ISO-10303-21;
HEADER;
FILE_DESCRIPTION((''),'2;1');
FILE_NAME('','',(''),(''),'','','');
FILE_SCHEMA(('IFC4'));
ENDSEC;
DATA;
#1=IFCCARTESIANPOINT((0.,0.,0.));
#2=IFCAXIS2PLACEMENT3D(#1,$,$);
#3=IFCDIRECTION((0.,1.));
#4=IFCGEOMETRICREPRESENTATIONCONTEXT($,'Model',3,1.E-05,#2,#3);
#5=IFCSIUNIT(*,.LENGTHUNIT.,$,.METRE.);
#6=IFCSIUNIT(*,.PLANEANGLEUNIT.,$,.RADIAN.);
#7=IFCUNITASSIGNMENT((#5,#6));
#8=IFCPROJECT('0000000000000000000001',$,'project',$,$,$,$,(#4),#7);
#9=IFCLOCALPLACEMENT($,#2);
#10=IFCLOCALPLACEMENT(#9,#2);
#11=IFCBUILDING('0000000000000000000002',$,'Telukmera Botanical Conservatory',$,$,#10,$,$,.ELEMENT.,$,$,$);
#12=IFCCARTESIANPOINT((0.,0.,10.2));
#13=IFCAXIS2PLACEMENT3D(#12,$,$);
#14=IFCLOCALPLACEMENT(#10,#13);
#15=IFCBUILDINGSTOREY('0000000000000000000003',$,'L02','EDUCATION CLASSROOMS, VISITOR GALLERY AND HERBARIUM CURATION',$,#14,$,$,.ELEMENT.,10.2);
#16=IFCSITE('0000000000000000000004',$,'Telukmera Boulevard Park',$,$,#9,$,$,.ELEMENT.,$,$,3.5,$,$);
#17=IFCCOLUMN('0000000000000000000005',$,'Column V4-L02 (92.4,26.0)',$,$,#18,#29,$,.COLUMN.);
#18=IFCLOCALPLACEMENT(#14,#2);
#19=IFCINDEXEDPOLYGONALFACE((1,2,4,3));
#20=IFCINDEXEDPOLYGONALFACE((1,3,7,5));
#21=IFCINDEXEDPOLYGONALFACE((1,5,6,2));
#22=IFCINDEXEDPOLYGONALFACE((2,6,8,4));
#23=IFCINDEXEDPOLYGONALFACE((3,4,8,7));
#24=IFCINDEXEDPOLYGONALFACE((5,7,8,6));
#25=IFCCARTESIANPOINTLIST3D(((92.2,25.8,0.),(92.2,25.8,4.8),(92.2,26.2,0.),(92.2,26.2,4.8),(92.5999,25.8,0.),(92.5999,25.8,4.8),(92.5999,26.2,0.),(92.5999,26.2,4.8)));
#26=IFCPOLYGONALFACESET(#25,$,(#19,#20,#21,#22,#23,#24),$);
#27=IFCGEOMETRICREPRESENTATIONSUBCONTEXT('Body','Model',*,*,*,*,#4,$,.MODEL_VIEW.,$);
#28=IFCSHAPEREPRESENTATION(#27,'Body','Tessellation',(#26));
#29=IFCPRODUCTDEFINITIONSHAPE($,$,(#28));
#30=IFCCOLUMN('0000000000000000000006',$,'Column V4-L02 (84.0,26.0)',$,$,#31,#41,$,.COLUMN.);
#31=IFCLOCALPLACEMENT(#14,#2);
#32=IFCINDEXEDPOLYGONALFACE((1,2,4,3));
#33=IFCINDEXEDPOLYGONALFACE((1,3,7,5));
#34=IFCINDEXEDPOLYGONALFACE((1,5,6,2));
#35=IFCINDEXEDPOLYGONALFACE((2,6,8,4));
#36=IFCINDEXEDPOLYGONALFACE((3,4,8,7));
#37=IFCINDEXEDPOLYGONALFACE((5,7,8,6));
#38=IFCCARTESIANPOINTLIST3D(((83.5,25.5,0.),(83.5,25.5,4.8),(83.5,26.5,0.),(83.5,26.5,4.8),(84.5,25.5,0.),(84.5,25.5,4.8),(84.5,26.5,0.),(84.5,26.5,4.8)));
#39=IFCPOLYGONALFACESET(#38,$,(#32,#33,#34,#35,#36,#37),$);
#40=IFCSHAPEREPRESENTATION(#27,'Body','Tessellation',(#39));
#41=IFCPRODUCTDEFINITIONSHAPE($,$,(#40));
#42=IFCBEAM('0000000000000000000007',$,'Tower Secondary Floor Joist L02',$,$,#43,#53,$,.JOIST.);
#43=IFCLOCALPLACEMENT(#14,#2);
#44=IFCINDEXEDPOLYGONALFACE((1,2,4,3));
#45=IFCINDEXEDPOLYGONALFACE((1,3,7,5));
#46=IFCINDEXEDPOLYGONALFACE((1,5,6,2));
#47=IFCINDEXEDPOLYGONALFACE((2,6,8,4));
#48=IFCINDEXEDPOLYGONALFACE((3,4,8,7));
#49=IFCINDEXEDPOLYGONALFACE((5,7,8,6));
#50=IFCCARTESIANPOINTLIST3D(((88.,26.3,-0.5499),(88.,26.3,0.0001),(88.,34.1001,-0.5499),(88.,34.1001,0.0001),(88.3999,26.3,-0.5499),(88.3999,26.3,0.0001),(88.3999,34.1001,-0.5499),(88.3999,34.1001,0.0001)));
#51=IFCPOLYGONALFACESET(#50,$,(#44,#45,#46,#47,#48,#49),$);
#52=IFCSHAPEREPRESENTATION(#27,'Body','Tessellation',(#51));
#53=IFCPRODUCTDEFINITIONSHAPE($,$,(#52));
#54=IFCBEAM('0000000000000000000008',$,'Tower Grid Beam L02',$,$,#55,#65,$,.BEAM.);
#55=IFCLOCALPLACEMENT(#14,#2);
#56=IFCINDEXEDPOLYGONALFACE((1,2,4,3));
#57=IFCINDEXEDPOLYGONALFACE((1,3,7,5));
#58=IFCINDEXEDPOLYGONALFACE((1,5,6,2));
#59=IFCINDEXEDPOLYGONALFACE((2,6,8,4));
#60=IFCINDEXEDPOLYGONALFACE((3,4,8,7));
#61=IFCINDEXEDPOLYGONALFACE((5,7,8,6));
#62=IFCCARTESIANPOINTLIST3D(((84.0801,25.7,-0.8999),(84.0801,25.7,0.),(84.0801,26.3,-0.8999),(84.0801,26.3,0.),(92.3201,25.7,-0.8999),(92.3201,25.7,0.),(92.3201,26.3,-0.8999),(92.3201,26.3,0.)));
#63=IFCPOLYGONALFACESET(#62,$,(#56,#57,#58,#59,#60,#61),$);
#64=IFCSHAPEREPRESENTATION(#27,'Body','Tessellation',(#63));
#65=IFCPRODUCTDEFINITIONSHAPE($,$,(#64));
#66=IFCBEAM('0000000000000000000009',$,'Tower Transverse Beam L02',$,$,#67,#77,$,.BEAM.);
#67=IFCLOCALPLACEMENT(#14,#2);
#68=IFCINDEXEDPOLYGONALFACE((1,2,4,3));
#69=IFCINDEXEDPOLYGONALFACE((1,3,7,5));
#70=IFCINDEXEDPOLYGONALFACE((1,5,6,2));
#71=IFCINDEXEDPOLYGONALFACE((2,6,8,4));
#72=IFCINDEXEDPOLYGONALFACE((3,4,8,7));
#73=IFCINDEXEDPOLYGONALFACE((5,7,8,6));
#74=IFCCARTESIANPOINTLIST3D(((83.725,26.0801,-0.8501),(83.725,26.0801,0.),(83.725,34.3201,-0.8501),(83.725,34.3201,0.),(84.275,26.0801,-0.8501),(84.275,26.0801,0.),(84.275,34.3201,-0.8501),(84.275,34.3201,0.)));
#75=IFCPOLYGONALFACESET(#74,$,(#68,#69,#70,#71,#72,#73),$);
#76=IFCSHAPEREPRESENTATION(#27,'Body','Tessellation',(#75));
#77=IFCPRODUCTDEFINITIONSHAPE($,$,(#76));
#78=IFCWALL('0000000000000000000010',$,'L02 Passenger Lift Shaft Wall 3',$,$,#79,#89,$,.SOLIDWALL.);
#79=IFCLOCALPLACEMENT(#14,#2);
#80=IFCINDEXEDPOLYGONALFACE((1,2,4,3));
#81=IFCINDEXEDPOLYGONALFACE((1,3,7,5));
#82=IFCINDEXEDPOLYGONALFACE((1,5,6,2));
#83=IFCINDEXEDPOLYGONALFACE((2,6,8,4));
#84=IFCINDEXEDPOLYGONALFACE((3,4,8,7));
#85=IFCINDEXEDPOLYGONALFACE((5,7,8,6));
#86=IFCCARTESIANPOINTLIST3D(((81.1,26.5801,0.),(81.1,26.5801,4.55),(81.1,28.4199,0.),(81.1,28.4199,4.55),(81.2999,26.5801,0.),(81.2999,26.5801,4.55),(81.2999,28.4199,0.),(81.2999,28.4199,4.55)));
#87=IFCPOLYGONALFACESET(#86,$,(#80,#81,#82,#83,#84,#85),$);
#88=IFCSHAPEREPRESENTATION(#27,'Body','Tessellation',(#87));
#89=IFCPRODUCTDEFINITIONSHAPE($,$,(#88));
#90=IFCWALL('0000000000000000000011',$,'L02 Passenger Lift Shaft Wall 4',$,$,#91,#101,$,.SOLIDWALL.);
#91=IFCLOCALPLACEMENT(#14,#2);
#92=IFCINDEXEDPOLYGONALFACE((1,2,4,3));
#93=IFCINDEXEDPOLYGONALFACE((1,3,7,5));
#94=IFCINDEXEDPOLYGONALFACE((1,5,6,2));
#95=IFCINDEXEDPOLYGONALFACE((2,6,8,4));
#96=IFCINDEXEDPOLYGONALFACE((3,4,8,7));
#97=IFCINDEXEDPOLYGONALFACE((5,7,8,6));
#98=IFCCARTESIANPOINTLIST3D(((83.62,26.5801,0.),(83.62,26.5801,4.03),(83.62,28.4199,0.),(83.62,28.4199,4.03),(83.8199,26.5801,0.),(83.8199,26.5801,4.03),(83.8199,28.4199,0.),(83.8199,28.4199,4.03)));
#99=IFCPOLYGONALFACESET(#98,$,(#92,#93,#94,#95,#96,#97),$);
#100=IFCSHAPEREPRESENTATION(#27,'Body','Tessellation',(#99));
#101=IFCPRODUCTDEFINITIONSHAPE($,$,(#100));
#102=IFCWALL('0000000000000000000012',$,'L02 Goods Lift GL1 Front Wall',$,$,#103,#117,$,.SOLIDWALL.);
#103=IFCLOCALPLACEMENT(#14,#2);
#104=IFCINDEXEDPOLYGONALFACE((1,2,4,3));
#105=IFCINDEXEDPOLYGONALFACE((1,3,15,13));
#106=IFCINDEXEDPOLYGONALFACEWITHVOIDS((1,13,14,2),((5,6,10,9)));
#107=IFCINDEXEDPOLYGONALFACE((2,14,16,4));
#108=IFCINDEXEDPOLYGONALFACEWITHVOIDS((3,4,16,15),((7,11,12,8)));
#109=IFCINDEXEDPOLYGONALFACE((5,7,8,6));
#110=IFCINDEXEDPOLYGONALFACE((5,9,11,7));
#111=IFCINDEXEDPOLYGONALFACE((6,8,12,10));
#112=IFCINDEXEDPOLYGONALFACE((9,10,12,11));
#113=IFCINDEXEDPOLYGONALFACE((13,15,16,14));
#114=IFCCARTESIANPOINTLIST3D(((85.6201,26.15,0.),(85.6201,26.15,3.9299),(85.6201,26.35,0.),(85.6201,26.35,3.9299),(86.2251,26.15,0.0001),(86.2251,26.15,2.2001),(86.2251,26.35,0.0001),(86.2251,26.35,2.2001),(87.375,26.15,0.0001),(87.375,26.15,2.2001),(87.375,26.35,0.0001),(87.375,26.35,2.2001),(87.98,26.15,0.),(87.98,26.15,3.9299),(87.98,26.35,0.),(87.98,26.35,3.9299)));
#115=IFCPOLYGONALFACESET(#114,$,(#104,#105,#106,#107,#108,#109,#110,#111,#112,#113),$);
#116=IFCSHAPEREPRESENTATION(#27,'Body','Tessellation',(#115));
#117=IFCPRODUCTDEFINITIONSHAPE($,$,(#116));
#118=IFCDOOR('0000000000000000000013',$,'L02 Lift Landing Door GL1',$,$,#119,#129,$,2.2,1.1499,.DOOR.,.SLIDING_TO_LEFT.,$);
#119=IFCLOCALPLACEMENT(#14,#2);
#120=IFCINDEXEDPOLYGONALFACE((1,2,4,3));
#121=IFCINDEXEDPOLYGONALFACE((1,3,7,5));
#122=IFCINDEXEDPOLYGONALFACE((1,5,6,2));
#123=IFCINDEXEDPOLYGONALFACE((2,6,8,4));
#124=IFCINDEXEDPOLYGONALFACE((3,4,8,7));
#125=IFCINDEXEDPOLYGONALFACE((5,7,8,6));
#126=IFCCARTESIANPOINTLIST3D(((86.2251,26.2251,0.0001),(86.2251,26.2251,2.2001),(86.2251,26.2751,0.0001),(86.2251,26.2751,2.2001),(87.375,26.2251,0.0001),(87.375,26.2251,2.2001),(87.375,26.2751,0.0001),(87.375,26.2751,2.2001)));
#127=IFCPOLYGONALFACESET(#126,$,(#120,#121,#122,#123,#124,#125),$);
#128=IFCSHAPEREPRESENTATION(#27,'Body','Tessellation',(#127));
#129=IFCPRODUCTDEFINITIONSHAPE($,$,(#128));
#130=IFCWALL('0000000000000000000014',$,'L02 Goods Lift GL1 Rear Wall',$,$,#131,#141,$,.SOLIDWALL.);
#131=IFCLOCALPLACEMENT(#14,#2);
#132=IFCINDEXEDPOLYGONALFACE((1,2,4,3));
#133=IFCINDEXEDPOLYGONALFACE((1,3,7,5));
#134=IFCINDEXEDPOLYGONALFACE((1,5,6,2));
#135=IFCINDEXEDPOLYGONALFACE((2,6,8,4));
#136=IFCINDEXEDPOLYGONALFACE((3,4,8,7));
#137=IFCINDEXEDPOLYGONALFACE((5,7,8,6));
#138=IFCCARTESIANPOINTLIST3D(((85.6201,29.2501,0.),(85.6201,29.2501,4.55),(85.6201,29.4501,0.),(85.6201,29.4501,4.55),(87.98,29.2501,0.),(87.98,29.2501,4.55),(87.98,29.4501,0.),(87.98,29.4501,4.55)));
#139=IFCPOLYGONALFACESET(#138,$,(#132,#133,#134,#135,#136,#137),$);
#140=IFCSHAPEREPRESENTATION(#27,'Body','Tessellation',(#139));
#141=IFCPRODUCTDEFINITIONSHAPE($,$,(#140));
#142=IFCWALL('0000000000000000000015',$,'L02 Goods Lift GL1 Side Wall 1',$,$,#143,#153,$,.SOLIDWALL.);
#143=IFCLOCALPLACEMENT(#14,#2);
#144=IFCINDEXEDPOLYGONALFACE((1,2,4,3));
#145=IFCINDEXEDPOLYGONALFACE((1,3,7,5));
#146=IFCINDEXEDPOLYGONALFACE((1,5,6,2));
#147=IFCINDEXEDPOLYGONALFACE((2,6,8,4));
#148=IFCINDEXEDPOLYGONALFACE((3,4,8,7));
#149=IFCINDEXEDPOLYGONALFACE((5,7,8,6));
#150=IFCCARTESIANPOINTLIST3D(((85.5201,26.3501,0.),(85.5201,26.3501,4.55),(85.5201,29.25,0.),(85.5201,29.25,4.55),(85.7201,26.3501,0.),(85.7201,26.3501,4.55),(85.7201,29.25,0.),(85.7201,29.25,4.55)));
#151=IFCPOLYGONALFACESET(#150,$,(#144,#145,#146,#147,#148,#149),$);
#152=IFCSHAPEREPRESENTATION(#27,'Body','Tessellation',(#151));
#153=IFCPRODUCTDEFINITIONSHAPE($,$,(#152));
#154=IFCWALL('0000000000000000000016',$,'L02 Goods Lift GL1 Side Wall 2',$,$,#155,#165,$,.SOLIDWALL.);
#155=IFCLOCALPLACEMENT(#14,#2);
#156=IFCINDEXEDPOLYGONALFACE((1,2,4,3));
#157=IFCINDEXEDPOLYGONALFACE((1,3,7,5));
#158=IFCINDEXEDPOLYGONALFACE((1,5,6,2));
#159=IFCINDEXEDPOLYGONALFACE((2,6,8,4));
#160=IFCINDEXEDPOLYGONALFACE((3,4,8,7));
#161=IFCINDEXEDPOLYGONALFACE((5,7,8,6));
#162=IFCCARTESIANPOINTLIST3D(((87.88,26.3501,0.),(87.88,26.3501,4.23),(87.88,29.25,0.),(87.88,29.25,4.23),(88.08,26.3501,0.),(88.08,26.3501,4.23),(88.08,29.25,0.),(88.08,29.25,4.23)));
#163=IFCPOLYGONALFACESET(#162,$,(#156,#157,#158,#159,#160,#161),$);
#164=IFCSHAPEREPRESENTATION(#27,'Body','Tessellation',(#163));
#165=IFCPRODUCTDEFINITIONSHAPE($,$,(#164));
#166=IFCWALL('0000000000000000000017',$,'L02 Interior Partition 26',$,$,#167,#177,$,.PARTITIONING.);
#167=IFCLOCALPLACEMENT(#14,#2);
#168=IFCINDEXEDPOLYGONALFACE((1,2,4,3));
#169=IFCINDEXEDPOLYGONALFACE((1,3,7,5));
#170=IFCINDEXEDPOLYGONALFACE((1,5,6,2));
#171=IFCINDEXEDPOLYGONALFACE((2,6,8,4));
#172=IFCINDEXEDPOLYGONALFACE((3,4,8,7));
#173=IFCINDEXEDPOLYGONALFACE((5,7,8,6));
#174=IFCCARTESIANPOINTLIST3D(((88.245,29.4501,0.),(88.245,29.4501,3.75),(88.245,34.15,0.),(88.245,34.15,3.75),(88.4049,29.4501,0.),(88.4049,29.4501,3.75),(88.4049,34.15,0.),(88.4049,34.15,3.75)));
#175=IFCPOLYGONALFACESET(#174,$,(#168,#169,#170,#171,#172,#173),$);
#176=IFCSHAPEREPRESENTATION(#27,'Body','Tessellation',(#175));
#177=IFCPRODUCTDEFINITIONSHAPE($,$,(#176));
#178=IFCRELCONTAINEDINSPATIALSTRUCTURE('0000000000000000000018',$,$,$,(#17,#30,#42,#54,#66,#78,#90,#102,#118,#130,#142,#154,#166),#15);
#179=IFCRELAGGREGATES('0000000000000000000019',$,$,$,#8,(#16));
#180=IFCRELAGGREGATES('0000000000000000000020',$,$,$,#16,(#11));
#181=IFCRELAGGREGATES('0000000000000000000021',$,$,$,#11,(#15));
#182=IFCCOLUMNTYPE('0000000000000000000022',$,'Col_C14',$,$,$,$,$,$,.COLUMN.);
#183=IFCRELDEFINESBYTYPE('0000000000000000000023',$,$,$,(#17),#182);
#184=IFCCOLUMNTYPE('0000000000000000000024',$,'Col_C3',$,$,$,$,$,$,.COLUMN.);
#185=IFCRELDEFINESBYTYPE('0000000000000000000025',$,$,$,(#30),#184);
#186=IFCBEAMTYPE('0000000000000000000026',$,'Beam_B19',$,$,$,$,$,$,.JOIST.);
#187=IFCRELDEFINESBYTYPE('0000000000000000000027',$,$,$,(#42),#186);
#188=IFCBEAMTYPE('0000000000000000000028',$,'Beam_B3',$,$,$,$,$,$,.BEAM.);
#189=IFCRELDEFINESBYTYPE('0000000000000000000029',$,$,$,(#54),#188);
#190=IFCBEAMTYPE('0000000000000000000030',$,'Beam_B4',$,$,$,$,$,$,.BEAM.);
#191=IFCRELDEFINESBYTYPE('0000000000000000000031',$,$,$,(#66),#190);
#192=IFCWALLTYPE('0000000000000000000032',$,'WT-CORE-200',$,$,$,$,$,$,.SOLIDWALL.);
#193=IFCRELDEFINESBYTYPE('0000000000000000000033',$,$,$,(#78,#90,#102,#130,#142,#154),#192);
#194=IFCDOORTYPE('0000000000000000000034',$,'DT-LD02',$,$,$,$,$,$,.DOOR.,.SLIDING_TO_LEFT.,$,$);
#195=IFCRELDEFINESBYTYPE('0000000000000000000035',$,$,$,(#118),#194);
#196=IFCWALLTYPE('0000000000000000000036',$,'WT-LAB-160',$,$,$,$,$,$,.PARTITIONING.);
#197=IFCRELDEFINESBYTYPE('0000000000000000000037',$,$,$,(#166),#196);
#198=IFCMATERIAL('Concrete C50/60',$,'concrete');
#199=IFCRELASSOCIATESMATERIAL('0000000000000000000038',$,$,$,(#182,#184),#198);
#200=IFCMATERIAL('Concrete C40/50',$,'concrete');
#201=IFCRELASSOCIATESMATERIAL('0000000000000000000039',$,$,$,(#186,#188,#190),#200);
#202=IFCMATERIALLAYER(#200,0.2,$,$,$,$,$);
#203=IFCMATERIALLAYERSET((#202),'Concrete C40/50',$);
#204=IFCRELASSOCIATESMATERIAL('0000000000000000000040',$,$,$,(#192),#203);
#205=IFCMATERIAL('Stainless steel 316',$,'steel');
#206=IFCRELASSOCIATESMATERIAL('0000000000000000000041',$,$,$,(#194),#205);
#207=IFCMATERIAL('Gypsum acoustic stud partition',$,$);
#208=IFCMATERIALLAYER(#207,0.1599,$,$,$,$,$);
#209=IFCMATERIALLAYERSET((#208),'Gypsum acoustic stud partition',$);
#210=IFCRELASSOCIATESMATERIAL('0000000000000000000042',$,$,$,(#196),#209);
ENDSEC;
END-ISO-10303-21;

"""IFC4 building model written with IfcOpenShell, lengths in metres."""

from ifc_helpers import new_model, si_unit, direction, frame, frame_2d, origin, origin_2d, place, context, subcontext, project, spatial, rectangle, extrude, material, layer, layer_set, material_profile, profile_set, type_object, element, fill, save


model = new_model("IFC4")

# Units and contexts
model_context = context("Model", 3, precision=1e-05, world=origin(), true_north=direction((0.0, 1.0)))
body_context = subcontext(model_context, "Body", "Model", "MODEL_VIEW")
ifc_project = project(units=[si_unit("LENGTHUNIT", "METRE"), si_unit("PLANEANGLEUNIT", "RADIAN")], contexts=[model_context])

# Site, building, storey
site_placement = place(None, origin())
site = spatial("IfcSite", under=ifc_project, at=site_placement, Name="Telukmera Boulevard Park", CompositionType="ELEMENT", RefElevation=3.5)
building_placement = place(site_placement, origin())
building = spatial("IfcBuilding", under=site, at=building_placement, Name="Telukmera Botanical Conservatory", CompositionType="ELEMENT")
storey_placement = place(building_placement, frame((0.0, 0.0, 10.2)))
storey = spatial("IfcBuildingStorey", under=building, at=storey_placement, Name="L02", Description="EDUCATION CLASSROOMS, VISITOR GALLERY AND HERBARIUM CURATION", CompositionType="ELEMENT", Elevation=10.2)

# Columns
ifc_material_1 = material(Name="Concrete C50/60", Category="concrete")
ifc_material_profile_1 = material_profile(ifc_material_1, rectangle(XDim=0.3999, YDim=0.3999, at=origin_2d()), Name="RC 400x400")
ifc_profile_set_1 = profile_set([ifc_material_profile_1], Name="Concrete C50/60")
column_type_1 = type_object("IfcColumnType", Name="Col_C14", PredefinedType="COLUMN", material=ifc_profile_set_1)
column_1_placement = place(storey_placement, frame((92.3999, 26.0, 0.0), z_axis=(0.0, 0.0, 1.0), x_axis=(1.0, 0.0, 0.0)))
element("IfcColumn", 1, at=column_1_placement, inside=storey, type_object=column_type_1, Name="Column V4-L02 (92.4,26.0)", PredefinedType="COLUMN", context=body_context, shape_type="SweptSolid", body=[
    extrude(rectangle(XDim=0.3999, YDim=0.3999, at=origin_2d()), origin(), (0.0, 0.0, 1.0), 4.8),
])
ifc_material_profile_2 = material_profile(ifc_material_1, rectangle(XDim=1.0, YDim=1.0, at=origin_2d()), Name="RC 1000x1000")
ifc_profile_set_2 = profile_set([ifc_material_profile_2], Name="Concrete C50/60")
column_type_2 = type_object("IfcColumnType", Name="Col_C3", PredefinedType="COLUMN", material=ifc_profile_set_2)
column_2_placement = place(storey_placement, frame((84.0, 26.0, 0.0), z_axis=(0.0, 0.0, 1.0), x_axis=(1.0, 0.0, 0.0)))
element("IfcColumn", 2, at=column_2_placement, inside=storey, type_object=column_type_2, Name="Column V4-L02 (84.0,26.0)", PredefinedType="COLUMN", context=body_context, shape_type="SweptSolid", body=[
    extrude(rectangle(XDim=1.0, YDim=1.0, at=origin_2d()), origin(), (0.0, 0.0, 1.0), 4.8),
])

# Beams
ifc_material_2 = material(Name="Concrete C40/50", Category="concrete")
ifc_material_profile_3 = material_profile(ifc_material_2, rectangle(XDim=0.3999, YDim=0.55, at=origin_2d()), Name="RC 400x550")
ifc_profile_set_3 = profile_set([ifc_material_profile_3], Name="Concrete C40/50")
beam_type_1 = type_object("IfcBeamType", Name="Beam_B19", PredefinedType="JOIST", material=ifc_profile_set_3)
beam_1_placement = place(storey_placement, frame((88.2, 26.3, -0.2749), z_axis=(0.0, 1.0, 0.0), x_axis=(-1.0, 0.0, 0.0)))
element("IfcBeam", 3, at=beam_1_placement, inside=storey, type_object=beam_type_1, Name="Tower Secondary Floor Joist L02", PredefinedType="JOIST", context=body_context, shape_type="SweptSolid", body=[
    extrude(rectangle(XDim=0.3999, YDim=0.55, at=origin_2d()), origin(), (0.0, 0.0, 1.0), 7.8),
])
ifc_material_profile_4 = material_profile(ifc_material_2, rectangle(XDim=0.6001, YDim=0.8999, at=origin_2d()), Name="RC 600x900")
ifc_profile_set_4 = profile_set([ifc_material_profile_4], Name="Concrete C40/50")
beam_type_2 = type_object("IfcBeamType", Name="Beam_B3", PredefinedType="BEAM", material=ifc_profile_set_4)
beam_2_placement = place(storey_placement, frame((84.0801, 26.0, -0.45), z_axis=(1.0, 0.0, 0.0), x_axis=(0.0, 1.0, 0.0)))
element("IfcBeam", 4, at=beam_2_placement, inside=storey, type_object=beam_type_2, Name="Tower Grid Beam L02", PredefinedType="BEAM", context=body_context, shape_type="SweptSolid", body=[
    extrude(rectangle(XDim=0.6001, YDim=0.8999, at=origin_2d()), origin(), (0.0, 0.0, 1.0), 8.24),
])
ifc_material_profile_5 = material_profile(ifc_material_2, rectangle(XDim=0.55, YDim=0.8501, at=origin_2d()), Name="RC 550x850")
ifc_profile_set_5 = profile_set([ifc_material_profile_5], Name="Concrete C40/50")
beam_type_3 = type_object("IfcBeamType", Name="Beam_B4", PredefinedType="BEAM", material=ifc_profile_set_5)
beam_3_placement = place(storey_placement, frame((84.0, 26.0801, -0.425), z_axis=(0.0, 1.0, 0.0), x_axis=(-1.0, 0.0, 0.0)))
element("IfcBeam", 5, at=beam_3_placement, inside=storey, type_object=beam_type_3, Name="Tower Transverse Beam L02", PredefinedType="BEAM", context=body_context, shape_type="SweptSolid", body=[
    extrude(rectangle(XDim=0.55, YDim=0.8501, at=origin_2d()), origin(), (0.0, 0.0, 1.0), 8.24),
])

# Walls
ifc_layer_1 = layer(ifc_material_2, 0.2)
ifc_layer_set_1 = layer_set([ifc_layer_1], Name="Concrete C40/50")
wall_type_1 = type_object("IfcWallType", Name="WT-CORE-200", PredefinedType="SOLIDWALL", material=ifc_layer_set_1)
wall_1_placement = place(storey_placement, frame((81.2, 26.5801, 0.0), z_axis=(0.0, 0.0, 1.0), x_axis=(0.0, 1.0, 0.0)))
element("IfcWall", 6, at=wall_1_placement, inside=storey, type_object=wall_type_1, Name="L02 Passenger Lift Shaft Wall 3", PredefinedType="SOLIDWALL", context=body_context, shape_type="SweptSolid", body=[
    extrude(rectangle(XDim=1.8398, YDim=0.2, at=frame_2d((0.9199, 0.0))), origin(), (0.0, 0.0, 1.0), 4.55),
])
wall_2_placement = place(storey_placement, frame((83.72, 26.5801, 0.0), z_axis=(0.0, 0.0, 1.0), x_axis=(0.0, 1.0, 0.0)))
element("IfcWall", 7, at=wall_2_placement, inside=storey, type_object=wall_type_1, Name="L02 Passenger Lift Shaft Wall 4", PredefinedType="SOLIDWALL", context=body_context, shape_type="SweptSolid", body=[
    extrude(rectangle(XDim=1.8398, YDim=0.2, at=frame_2d((0.9199, 0.0))), origin(), (0.0, 0.0, 1.0), 4.03),
])

# Wall, opening, door
wall_3_placement = place(storey_placement, frame((85.6201, 26.25, 0.0), z_axis=(0.0, 0.0, 1.0), x_axis=(1.0, 0.0, 0.0)))
wall_3 = element("IfcWall", 8, at=wall_3_placement, inside=storey, type_object=wall_type_1, Name="L02 Goods Lift GL1 Front Wall", PredefinedType="SOLIDWALL", context=body_context, shape_type="SweptSolid", body=[
    extrude(rectangle(XDim=2.3599, YDim=0.2, at=frame_2d((1.1799, 0.0))), origin(), (0.0, 0.0, 1.0), 3.9299),
])
opening_1_placement = place(wall_3_placement, frame((0.605, 0.0, 0.0)))
opening_1 = element("IfcOpeningElement", 9, at=opening_1_placement, cuts=wall_3, PredefinedType="OPENING", context=body_context, shape_type="SweptSolid", body=[
    extrude(rectangle(XDim=1.1499, YDim=2.2, at=frame_2d((0.575, 1.1001))), frame((0.0, 0.1099, 0.0), z_axis=(0.0, -1.0, 0.0), x_axis=(1.0, 0.0, 0.0)), (0.0, 0.0, 1.0), 0.22),
])
ifc_material_3 = material(Name="Stainless steel 316", Category="steel")
door_type_1 = type_object("IfcDoorType", Name="DT-LD02", OperationType="SLIDING_TO_LEFT", PredefinedType="DOOR", material=ifc_material_3)
door_1_placement = place(opening_1_placement, frame((1.1499, 0.0, 0.0), z_axis=(0.0, 0.0, 1.0), x_axis=(-1.0, 0.0, 0.0)))
door_1 = element("IfcDoor", 10, at=door_1_placement, inside=storey, type_object=door_type_1, Name="L02 Lift Landing Door GL1", OperationType="SLIDING_TO_LEFT", OverallHeight=2.2, OverallWidth=1.1499, PredefinedType="DOOR", context=body_context, shape_type="SweptSolid", body=[
    extrude(rectangle(XDim=1.1499, YDim=2.2, at=frame_2d((0.575, 1.1001))), frame((0.0, 0.0249, 0.0), z_axis=(0.0, -1.0, 0.0), x_axis=(1.0, 0.0, 0.0)), (0.0, 0.0, 1.0), 0.05),
])
fill(opening_1, door_1)

# Walls
wall_4_placement = place(storey_placement, frame((85.6201, 29.3501, 0.0), z_axis=(0.0, 0.0, 1.0), x_axis=(1.0, 0.0, 0.0)))
element("IfcWall", 11, at=wall_4_placement, inside=storey, type_object=wall_type_1, Name="L02 Goods Lift GL1 Rear Wall", PredefinedType="SOLIDWALL", context=body_context, shape_type="SweptSolid", body=[
    extrude(rectangle(XDim=2.3599, YDim=0.2, at=frame_2d((1.1799, 0.0))), origin(), (0.0, 0.0, 1.0), 4.55),
])
wall_5_placement = place(storey_placement, frame((85.6201, 26.3501, 0.0), z_axis=(0.0, 0.0, 1.0), x_axis=(0.0, 1.0, 0.0)))
element("IfcWall", 12, at=wall_5_placement, inside=storey, type_object=wall_type_1, Name="L02 Goods Lift GL1 Side Wall 1", PredefinedType="SOLIDWALL", context=body_context, shape_type="SweptSolid", body=[
    extrude(rectangle(XDim=2.8999, YDim=0.2, at=frame_2d((1.45, 0.0))), origin(), (0.0, 0.0, 1.0), 4.55),
])
wall_6_placement = place(storey_placement, frame((87.98, 26.3501, 0.0), z_axis=(0.0, 0.0, 1.0), x_axis=(0.0, 1.0, 0.0)))
element("IfcWall", 13, at=wall_6_placement, inside=storey, type_object=wall_type_1, Name="L02 Goods Lift GL1 Side Wall 2", PredefinedType="SOLIDWALL", context=body_context, shape_type="SweptSolid", body=[
    extrude(rectangle(XDim=2.8999, YDim=0.2, at=frame_2d((1.45, 0.0))), origin(), (0.0, 0.0, 1.0), 4.23),
])
ifc_material_4 = material(Name="Gypsum acoustic stud partition")
ifc_layer_2 = layer(ifc_material_4, 0.1599)
ifc_layer_set_2 = layer_set([ifc_layer_2], Name="Gypsum acoustic stud partition")
wall_type_2 = type_object("IfcWallType", Name="WT-LAB-160", PredefinedType="PARTITIONING", material=ifc_layer_set_2)
wall_7_placement = place(storey_placement, frame((88.325, 29.45, 0.0), z_axis=(0.0, 0.0, 1.0), x_axis=(0.0, 1.0, 0.0)))
element("IfcWall", 14, at=wall_7_placement, inside=storey, type_object=wall_type_2, Name="L02 Interior Partition 26", PredefinedType="PARTITIONING", context=body_context, shape_type="SweptSolid", body=[
    extrude(rectangle(XDim=4.7, YDim=0.1599, at=frame_2d((2.3501, 0.0))), origin(), (0.0, 0.0, 1.0), 3.75),
])

save(model, "model.ifc")
